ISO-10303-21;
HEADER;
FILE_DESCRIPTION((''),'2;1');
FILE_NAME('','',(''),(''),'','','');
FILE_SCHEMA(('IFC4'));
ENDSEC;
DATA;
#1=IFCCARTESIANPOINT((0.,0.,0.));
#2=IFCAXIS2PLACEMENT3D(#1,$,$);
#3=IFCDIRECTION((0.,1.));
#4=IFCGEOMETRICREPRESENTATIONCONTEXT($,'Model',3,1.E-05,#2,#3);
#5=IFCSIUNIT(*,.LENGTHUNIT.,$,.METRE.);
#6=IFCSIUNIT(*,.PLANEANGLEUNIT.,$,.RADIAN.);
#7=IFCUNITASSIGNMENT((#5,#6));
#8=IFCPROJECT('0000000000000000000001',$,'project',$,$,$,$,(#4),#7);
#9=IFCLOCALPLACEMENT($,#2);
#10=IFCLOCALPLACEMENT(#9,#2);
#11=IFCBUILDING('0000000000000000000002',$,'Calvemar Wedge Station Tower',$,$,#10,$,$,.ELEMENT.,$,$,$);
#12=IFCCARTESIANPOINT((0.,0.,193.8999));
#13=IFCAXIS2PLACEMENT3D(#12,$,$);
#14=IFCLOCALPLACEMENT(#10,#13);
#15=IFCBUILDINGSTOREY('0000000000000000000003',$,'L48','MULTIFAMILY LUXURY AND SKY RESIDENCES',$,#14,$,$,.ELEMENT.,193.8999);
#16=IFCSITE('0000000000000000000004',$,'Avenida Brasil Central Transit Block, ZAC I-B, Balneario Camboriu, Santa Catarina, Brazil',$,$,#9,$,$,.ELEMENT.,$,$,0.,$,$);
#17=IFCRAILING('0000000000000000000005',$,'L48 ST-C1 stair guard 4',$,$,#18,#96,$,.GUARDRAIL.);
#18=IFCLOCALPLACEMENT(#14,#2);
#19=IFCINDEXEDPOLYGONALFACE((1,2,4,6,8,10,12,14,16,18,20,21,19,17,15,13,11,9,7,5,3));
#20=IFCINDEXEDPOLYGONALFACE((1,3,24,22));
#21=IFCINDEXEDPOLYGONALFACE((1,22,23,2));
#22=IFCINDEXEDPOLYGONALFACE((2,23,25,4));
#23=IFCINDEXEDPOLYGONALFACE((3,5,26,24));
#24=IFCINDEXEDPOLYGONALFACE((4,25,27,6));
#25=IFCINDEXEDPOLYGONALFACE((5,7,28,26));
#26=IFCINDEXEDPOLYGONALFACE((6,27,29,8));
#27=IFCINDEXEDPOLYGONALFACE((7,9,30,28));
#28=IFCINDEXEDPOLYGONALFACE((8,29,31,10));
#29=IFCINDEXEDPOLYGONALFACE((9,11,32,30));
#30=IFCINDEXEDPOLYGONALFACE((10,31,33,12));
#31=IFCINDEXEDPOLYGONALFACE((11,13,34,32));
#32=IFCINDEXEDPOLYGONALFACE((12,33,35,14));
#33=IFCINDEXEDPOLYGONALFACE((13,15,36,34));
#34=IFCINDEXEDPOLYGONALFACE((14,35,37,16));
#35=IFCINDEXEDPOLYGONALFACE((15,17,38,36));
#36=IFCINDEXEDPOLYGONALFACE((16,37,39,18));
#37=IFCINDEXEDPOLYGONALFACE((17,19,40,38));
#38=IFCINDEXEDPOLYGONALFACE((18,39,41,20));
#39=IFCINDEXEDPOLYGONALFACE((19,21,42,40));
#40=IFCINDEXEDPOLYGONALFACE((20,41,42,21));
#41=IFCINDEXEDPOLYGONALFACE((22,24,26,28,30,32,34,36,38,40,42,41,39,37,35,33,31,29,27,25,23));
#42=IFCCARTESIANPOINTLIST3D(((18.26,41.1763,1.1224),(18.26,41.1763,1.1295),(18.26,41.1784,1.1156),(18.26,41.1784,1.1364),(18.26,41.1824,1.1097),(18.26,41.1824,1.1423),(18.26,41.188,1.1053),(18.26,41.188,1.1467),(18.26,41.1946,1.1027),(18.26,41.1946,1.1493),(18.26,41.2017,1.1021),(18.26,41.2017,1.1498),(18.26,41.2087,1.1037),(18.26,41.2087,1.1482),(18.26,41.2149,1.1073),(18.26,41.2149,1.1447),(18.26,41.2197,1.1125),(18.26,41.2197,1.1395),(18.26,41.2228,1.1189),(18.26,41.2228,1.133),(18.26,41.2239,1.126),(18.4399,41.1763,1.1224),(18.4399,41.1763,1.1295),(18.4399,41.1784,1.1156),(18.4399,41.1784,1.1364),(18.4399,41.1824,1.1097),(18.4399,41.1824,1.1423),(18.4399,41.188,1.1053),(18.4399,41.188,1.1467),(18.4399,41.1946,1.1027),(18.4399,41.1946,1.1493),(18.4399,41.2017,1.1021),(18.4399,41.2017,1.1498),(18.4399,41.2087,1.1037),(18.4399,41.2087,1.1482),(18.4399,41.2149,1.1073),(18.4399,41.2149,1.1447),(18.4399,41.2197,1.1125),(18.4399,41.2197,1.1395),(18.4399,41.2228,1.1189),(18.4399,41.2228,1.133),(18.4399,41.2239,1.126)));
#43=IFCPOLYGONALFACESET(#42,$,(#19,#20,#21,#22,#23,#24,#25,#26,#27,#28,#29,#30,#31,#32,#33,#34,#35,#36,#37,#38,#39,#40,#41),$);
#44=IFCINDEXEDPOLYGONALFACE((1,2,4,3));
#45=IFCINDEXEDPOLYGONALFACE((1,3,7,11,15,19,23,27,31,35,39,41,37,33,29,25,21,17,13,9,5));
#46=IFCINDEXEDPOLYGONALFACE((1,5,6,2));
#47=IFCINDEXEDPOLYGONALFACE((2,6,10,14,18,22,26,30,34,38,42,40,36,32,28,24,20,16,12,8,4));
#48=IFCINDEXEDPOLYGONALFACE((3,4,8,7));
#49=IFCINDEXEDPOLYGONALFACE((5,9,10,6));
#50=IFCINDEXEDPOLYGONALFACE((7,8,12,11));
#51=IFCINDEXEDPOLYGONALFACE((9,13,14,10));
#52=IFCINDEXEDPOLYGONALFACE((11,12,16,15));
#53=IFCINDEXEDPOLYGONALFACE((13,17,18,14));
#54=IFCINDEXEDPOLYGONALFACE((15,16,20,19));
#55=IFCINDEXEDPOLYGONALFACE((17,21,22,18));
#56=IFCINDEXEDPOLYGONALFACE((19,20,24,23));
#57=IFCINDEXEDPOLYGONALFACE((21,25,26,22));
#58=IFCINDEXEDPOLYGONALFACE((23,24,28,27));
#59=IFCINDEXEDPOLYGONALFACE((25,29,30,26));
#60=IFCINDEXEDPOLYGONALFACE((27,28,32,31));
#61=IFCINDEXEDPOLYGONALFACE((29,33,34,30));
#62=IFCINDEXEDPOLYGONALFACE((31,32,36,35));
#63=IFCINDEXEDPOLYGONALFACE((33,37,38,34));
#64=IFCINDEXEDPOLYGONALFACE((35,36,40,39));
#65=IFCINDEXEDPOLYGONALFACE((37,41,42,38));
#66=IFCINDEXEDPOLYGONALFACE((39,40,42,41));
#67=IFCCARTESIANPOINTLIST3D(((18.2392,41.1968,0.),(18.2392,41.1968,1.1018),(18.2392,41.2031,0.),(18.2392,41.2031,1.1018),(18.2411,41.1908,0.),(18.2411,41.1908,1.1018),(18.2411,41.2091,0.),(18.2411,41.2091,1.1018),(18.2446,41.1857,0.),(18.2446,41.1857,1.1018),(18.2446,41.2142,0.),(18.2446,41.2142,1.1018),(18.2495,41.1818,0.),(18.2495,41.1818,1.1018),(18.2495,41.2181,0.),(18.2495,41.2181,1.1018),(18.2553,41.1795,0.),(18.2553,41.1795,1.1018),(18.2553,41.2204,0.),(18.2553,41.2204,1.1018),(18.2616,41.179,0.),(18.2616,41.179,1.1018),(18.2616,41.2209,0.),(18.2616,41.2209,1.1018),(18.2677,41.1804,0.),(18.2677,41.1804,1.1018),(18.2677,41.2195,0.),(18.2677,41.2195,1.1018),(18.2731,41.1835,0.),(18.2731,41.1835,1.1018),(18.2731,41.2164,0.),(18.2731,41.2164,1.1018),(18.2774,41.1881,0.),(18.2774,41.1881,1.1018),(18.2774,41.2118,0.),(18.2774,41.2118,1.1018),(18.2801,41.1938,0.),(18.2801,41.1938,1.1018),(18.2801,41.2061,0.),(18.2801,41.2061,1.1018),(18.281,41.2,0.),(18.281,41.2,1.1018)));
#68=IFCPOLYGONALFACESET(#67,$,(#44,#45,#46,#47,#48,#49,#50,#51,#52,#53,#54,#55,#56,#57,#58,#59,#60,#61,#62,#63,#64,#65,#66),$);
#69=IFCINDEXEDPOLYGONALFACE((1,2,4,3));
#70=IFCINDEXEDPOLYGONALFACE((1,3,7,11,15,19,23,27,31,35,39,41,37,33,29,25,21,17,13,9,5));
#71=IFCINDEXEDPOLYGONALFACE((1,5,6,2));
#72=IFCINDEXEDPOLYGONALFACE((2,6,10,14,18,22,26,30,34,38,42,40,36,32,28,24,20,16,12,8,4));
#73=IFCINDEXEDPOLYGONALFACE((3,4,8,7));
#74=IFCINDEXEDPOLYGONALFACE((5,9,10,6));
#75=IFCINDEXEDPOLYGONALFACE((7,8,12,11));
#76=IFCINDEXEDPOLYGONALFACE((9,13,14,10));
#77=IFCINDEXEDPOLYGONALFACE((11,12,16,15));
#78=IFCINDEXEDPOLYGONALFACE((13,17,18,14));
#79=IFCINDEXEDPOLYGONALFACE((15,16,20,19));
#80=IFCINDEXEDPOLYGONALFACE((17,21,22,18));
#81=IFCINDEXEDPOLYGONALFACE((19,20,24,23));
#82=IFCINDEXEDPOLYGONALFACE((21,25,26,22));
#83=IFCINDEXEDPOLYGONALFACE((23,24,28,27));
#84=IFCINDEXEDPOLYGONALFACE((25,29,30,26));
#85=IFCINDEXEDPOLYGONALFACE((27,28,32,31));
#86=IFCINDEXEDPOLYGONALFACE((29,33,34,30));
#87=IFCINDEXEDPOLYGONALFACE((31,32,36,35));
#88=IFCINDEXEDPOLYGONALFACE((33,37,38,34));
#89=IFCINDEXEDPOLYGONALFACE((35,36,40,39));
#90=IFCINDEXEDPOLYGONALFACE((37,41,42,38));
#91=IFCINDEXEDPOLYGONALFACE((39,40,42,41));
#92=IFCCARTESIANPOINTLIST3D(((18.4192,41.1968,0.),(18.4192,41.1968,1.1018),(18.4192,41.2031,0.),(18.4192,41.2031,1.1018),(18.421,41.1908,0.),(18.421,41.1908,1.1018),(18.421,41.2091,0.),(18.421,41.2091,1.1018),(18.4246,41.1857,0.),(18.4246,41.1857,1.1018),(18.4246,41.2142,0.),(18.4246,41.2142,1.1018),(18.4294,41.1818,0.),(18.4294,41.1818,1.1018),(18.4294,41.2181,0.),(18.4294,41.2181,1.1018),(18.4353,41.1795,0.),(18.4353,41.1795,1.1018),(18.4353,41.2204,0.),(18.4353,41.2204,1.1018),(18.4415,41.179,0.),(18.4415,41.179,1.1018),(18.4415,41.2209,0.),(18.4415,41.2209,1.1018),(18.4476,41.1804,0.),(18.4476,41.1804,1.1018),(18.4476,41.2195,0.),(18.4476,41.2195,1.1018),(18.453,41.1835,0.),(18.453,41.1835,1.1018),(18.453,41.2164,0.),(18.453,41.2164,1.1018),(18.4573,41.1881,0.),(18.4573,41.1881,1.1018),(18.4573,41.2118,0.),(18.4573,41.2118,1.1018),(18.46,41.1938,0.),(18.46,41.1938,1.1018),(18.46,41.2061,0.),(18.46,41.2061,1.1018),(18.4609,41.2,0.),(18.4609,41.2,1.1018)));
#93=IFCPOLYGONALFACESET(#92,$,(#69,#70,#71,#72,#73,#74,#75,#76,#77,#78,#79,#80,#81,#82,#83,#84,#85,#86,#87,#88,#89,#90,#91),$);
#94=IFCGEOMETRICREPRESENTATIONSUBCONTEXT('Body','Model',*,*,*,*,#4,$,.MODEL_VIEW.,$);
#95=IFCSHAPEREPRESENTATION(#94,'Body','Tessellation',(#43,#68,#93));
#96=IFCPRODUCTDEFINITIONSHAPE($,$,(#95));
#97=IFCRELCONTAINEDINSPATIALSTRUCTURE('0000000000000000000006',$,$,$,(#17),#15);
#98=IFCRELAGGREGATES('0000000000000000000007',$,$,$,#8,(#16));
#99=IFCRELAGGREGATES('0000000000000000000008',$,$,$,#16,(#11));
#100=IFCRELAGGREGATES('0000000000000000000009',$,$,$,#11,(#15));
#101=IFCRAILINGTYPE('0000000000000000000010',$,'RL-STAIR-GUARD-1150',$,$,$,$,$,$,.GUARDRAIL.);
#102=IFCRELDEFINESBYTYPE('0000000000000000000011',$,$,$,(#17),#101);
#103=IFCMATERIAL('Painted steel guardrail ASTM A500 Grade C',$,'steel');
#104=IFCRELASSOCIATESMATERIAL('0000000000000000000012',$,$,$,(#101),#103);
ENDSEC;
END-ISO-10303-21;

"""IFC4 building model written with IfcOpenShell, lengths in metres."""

from ifc_helpers import new_model, si_unit, direction, frame, origin, origin_2d, place, context, subcontext, project, spatial, circle, extrude, material, type_object, element, save


model = new_model("IFC4")

# Units and contexts
model_context = context("Model", 3, precision=1e-05, world=origin(), true_north=direction((0.0, 1.0)))
body_context = subcontext(model_context, "Body", "Model", "MODEL_VIEW")
ifc_project = project(units=[si_unit("LENGTHUNIT", "METRE"), si_unit("PLANEANGLEUNIT", "RADIAN")], contexts=[model_context])

# Site, building, storey
site_placement = place(None, origin())
site = spatial("IfcSite", under=ifc_project, at=site_placement, Name="Avenida Brasil Central Transit Block, ZAC I-B, Balneario Camboriu, Santa Catarina, Brazil", CompositionType="ELEMENT", RefElevation=0.0)
building_placement = place(site_placement, origin())
building = spatial("IfcBuilding", under=site, at=building_placement, Name="Calvemar Wedge Station Tower", CompositionType="ELEMENT")
storey_placement = place(building_placement, frame((0.0, 0.0, 193.8999)))
storey = spatial("IfcBuildingStorey", under=building, at=storey_placement, Name="L48", Description="MULTIFAMILY LUXURY AND SKY RESIDENCES", CompositionType="ELEMENT", Elevation=193.8999)

# Railing
ifc_material_1 = material(Name="Painted steel guardrail ASTM A500 Grade C", Category="steel")
railing_type_1 = type_object("IfcRailingType", Name="RL-STAIR-GUARD-1150", PredefinedType="GUARDRAIL", material=ifc_material_1)
railing_1_placement = place(storey_placement, frame((18.26, 41.2, 0.0)))
element("IfcRailing", 1, at=railing_1_placement, inside=storey, type_object=railing_type_1, Name="L48 ST-C1 stair guard 4", PredefinedType="GUARDRAIL", context=body_context, shape_type="SweptSolid", body=[
    extrude(circle(Radius=0.0239, at=origin_2d()), frame((0.0, 0.0, 1.126), z_axis=(1.0, 0.0, 0.0), x_axis=(0.0, 1.0, 0.0)), (0.0, 0.0, 1.0), 0.1799),
    extrude(circle(Radius=0.021, at=origin_2d()), origin(), (0.0, 0.0, 1.0), 1.1018),
    extrude(circle(Radius=0.021, at=origin_2d()), frame((0.1799, 0.0, 0.0)), (0.0, 0.0, 1.0), 1.1018),
])

save(model, "model.ifc")
